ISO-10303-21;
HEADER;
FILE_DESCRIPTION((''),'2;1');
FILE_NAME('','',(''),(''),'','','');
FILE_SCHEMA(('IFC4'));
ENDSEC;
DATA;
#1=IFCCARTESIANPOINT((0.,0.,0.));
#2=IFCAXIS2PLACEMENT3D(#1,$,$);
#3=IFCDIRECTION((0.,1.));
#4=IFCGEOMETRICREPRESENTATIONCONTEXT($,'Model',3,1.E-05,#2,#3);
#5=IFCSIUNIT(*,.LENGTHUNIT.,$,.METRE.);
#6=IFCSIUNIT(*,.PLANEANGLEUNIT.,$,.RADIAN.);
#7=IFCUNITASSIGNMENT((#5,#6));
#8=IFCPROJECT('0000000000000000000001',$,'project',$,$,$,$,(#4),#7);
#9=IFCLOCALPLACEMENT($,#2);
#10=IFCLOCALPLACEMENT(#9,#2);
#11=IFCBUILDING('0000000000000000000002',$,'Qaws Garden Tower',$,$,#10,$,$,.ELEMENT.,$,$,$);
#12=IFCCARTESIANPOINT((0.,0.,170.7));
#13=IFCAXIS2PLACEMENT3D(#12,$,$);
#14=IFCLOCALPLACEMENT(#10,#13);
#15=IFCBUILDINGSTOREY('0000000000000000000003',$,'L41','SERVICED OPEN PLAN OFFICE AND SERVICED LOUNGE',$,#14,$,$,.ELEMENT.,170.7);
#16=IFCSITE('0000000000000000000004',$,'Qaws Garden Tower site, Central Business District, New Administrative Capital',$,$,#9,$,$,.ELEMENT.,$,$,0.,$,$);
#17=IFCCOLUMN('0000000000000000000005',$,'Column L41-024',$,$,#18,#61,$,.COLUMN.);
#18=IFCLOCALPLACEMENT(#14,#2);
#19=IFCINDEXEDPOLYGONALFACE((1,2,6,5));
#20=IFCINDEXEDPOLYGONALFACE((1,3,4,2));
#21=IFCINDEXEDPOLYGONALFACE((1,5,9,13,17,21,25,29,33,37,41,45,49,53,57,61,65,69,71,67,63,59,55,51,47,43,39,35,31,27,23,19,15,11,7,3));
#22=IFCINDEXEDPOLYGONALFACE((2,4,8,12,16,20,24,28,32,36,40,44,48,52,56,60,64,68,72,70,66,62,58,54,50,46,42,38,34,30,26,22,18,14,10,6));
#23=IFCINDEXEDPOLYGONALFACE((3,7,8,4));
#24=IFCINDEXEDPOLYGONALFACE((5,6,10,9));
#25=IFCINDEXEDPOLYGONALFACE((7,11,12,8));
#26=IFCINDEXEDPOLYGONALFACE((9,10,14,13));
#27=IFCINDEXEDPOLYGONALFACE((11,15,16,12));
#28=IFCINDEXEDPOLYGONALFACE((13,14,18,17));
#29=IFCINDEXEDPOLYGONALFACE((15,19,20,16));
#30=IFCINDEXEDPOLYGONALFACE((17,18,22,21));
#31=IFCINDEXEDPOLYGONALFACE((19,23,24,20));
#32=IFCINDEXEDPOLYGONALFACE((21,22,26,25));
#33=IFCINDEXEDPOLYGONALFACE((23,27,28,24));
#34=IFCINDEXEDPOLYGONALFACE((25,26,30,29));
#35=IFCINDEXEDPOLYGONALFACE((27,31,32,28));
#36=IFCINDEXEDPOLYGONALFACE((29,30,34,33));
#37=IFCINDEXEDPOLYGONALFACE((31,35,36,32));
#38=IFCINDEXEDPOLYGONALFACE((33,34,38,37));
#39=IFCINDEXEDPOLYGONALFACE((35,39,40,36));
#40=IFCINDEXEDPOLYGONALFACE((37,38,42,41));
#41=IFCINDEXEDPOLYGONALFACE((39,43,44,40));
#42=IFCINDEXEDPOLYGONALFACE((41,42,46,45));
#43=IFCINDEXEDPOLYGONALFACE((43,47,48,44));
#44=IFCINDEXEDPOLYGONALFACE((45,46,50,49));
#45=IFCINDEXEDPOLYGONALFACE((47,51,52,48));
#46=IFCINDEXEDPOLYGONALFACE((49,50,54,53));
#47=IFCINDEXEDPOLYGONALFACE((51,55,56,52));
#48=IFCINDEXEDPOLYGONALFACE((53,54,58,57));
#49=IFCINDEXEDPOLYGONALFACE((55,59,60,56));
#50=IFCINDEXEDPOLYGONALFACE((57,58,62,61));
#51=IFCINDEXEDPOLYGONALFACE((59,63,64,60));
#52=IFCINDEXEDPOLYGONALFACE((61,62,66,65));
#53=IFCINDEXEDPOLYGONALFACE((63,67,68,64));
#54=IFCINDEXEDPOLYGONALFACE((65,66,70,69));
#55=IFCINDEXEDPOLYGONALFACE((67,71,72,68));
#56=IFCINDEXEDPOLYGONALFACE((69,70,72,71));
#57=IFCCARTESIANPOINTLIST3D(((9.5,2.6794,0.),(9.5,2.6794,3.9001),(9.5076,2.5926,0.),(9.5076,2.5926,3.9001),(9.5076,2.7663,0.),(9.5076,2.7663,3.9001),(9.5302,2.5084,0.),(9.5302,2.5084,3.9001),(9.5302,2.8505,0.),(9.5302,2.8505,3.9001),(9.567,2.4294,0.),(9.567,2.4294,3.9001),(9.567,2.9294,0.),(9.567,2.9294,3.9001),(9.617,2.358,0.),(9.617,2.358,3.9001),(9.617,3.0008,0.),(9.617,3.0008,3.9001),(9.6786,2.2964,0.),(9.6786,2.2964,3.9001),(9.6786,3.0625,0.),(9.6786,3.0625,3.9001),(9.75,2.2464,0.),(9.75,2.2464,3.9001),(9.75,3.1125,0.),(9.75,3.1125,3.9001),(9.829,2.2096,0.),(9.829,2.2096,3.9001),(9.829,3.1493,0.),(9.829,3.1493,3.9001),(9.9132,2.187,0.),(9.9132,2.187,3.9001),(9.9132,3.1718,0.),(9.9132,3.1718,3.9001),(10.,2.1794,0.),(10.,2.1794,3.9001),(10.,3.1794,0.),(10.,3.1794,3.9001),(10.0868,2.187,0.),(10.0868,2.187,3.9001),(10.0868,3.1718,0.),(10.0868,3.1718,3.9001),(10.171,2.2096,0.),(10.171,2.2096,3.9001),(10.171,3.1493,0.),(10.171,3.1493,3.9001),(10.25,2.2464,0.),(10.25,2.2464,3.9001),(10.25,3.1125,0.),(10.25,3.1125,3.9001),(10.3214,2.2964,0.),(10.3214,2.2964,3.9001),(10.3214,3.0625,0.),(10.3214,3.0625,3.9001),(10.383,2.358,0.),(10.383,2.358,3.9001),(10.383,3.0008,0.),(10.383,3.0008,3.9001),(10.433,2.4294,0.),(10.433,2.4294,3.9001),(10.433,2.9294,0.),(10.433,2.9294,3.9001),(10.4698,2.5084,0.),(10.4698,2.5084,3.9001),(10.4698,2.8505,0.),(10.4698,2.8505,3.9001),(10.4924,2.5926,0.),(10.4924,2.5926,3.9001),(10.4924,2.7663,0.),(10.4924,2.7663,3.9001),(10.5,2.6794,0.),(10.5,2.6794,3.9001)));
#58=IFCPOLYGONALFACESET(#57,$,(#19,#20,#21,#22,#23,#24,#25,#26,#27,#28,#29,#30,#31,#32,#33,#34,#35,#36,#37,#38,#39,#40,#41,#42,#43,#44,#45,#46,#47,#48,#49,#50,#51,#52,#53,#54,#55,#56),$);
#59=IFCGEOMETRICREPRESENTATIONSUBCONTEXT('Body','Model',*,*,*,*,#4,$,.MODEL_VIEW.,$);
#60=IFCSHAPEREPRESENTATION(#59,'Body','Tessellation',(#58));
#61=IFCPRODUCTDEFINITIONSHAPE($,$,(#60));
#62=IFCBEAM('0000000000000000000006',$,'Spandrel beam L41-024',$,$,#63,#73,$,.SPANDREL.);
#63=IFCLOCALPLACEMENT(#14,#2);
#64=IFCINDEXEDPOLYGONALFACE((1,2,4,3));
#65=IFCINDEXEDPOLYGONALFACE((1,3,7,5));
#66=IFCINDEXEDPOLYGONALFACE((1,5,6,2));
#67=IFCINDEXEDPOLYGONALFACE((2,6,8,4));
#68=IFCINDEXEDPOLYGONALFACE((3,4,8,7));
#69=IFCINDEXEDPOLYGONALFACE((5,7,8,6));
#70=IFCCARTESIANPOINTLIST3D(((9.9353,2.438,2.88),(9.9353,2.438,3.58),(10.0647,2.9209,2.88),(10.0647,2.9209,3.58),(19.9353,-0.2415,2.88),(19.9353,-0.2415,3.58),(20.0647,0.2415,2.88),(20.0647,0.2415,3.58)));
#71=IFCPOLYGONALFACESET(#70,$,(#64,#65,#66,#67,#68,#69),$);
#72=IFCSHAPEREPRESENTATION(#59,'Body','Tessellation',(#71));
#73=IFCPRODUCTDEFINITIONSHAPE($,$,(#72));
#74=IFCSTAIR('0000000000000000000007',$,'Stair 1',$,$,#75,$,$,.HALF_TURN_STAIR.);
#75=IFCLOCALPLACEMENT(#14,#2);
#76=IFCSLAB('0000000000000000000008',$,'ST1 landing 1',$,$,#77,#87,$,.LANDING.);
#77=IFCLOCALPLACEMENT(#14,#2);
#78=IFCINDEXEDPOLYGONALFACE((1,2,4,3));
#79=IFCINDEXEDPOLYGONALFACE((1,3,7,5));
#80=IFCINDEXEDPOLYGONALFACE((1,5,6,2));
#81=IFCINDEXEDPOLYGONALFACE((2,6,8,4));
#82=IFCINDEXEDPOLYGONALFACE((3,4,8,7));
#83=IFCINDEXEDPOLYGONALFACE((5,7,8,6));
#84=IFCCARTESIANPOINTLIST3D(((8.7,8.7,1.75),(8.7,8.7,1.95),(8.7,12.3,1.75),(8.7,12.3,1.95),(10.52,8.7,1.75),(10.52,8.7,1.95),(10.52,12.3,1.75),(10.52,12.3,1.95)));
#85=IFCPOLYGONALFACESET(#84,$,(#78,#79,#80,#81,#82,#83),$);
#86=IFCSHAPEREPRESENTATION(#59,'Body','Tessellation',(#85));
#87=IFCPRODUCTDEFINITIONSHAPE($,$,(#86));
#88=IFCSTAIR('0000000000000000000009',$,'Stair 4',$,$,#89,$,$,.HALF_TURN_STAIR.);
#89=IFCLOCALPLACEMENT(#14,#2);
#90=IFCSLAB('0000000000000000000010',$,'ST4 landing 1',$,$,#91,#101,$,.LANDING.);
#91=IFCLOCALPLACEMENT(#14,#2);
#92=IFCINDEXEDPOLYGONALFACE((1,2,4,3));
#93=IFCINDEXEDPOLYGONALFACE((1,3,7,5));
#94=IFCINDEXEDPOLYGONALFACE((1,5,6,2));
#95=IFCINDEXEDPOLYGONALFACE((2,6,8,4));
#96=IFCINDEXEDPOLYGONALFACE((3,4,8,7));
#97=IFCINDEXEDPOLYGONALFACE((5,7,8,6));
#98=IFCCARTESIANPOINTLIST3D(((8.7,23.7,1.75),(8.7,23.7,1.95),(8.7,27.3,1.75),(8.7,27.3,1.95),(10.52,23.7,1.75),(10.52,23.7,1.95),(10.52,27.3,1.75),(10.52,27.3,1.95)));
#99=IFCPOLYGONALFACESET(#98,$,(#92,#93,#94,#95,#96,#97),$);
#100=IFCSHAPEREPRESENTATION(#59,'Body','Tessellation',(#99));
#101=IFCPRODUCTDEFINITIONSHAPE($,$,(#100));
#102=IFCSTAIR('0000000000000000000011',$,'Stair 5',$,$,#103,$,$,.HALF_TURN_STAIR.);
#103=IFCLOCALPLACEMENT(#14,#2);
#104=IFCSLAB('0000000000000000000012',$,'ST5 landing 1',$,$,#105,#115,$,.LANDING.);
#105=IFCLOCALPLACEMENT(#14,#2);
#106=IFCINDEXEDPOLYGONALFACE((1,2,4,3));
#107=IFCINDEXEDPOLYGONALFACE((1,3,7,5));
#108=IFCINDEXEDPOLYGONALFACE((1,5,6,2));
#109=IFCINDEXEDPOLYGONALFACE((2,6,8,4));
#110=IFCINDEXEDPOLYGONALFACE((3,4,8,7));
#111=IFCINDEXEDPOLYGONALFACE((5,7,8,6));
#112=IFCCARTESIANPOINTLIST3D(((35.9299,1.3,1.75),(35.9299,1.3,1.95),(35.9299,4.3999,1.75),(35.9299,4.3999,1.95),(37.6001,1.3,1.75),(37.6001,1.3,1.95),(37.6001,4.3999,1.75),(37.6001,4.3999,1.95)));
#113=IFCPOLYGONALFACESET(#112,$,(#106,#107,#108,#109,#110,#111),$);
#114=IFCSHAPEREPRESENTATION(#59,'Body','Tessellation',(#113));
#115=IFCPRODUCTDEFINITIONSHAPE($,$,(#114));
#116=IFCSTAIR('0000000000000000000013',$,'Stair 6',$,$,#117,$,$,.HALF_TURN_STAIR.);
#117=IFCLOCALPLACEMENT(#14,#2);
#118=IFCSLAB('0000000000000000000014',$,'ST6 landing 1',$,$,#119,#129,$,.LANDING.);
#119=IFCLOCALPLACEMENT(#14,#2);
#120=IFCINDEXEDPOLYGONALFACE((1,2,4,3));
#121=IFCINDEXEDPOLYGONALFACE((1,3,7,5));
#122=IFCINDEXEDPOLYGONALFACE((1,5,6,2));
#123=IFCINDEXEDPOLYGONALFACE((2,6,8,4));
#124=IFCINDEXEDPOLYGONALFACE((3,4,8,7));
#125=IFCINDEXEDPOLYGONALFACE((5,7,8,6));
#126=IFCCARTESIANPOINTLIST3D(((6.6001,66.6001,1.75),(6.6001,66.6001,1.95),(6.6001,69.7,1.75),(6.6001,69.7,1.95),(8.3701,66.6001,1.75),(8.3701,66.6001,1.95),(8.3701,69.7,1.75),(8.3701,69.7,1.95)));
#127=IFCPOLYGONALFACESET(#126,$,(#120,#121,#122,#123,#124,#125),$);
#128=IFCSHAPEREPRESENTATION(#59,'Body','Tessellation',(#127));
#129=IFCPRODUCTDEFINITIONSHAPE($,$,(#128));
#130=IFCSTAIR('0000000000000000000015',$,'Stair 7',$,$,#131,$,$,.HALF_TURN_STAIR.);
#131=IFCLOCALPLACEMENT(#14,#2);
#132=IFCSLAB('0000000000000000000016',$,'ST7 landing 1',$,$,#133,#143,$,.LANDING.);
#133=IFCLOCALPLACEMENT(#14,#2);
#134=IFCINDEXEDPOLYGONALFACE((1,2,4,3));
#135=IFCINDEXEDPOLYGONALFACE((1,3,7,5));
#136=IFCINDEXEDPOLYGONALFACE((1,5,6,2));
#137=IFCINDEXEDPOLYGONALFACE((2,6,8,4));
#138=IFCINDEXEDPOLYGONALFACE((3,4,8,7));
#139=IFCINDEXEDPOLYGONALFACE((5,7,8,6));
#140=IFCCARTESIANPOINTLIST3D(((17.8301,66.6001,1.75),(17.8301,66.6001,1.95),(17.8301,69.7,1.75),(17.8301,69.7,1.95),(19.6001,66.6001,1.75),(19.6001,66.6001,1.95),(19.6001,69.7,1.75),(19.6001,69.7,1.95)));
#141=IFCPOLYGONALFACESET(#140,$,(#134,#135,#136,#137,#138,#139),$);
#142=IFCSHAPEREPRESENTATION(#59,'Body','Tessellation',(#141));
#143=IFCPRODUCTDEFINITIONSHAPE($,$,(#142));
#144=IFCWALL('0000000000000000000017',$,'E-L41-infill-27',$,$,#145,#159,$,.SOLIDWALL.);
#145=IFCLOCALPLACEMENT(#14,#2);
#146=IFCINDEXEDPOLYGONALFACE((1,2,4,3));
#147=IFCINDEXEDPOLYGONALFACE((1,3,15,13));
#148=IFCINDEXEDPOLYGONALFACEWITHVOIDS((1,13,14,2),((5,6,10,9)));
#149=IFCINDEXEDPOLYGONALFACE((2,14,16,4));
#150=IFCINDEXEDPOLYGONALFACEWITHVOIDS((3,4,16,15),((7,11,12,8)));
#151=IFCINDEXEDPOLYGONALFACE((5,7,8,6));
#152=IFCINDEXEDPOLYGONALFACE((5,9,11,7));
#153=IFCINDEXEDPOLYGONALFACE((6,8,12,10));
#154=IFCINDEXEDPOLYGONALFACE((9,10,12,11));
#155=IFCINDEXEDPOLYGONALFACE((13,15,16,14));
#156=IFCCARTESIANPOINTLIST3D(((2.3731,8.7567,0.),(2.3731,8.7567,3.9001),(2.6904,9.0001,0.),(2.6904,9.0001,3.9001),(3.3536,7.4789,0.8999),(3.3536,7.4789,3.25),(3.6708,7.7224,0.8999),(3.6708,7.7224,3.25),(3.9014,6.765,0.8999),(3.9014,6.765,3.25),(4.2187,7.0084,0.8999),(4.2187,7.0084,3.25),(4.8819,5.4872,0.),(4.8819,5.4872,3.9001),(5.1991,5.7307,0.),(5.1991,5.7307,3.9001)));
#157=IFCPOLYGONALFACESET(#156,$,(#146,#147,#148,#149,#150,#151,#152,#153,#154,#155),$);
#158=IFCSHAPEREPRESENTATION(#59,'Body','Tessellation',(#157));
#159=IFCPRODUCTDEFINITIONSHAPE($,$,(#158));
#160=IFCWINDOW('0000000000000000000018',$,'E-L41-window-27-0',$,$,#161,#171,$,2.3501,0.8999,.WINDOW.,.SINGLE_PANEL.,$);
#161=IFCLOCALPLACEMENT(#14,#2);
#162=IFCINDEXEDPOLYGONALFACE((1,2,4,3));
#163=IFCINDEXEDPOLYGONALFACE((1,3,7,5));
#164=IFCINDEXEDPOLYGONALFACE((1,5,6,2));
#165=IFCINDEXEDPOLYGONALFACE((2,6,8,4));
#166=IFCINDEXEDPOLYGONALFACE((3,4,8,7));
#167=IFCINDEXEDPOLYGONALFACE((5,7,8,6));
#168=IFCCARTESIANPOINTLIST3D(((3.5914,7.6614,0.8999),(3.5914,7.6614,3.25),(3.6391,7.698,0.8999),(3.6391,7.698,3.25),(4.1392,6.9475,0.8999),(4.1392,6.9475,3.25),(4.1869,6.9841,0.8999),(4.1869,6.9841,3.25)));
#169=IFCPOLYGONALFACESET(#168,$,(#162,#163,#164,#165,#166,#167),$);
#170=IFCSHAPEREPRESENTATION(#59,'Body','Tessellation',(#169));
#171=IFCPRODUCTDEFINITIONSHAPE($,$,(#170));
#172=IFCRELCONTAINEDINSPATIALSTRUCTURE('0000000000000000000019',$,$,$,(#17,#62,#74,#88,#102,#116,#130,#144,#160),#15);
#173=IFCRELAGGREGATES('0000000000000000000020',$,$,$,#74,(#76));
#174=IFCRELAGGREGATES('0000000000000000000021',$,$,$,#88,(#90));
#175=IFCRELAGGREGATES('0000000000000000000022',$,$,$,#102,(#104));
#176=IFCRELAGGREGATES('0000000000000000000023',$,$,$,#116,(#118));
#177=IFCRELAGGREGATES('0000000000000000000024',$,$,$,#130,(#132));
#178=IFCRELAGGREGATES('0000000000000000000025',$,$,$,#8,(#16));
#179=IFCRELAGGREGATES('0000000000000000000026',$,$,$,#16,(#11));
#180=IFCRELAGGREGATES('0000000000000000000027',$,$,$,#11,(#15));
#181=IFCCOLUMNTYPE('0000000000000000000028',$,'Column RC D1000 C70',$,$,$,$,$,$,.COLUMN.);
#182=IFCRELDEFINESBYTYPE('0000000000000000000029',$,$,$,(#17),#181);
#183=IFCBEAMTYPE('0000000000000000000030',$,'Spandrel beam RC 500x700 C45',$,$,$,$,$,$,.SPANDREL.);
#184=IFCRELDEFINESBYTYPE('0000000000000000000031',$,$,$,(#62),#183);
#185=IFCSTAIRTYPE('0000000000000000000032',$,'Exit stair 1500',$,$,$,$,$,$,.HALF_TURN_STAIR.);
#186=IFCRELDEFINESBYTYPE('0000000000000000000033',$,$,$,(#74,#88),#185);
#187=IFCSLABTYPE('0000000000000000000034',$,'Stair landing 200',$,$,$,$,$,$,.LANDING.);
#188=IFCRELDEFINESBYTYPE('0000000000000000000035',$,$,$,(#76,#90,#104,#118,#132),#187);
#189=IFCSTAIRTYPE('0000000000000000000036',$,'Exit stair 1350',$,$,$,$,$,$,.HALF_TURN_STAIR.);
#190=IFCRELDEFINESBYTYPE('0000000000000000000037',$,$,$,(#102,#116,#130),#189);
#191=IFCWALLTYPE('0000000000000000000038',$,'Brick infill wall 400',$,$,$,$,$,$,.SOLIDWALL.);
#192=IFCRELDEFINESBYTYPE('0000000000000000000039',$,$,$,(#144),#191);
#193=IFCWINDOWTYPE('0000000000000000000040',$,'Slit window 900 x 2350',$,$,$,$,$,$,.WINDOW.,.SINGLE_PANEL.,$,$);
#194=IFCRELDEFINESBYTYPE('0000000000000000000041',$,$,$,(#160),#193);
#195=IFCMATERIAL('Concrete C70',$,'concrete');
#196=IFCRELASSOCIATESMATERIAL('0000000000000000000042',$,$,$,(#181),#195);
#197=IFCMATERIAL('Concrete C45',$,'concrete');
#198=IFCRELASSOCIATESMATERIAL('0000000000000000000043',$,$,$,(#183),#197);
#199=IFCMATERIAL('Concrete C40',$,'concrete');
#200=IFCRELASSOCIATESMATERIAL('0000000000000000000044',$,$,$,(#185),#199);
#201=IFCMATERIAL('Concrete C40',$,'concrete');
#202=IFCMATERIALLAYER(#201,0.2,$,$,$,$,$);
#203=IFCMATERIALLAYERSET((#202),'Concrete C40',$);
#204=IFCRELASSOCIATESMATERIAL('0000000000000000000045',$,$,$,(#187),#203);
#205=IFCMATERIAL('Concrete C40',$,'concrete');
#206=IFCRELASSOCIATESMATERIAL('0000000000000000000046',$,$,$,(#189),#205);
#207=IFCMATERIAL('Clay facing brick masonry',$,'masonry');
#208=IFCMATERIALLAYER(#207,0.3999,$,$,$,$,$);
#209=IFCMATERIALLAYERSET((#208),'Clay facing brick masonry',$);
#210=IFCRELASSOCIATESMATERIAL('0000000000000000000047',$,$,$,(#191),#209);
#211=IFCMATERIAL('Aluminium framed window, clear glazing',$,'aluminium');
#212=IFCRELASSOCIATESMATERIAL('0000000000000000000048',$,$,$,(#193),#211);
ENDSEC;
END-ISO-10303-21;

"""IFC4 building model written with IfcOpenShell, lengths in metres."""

from ifc_helpers import new_model, si_unit, direction, frame, frame_2d, origin, origin_2d, place, context, subcontext, project, spatial, polyline, rectangle, circle, outline, extrude, material, layer, layer_set, material_profile, profile_set, type_object, element, fill, aggregate, save


model = new_model("IFC4")

# Units and contexts
model_context = context("Model", 3, precision=1e-05, world=origin(), true_north=direction((0.0, 1.0)))
body_context = subcontext(model_context, "Body", "Model", "MODEL_VIEW")
ifc_project = project(units=[si_unit("LENGTHUNIT", "METRE"), si_unit("PLANEANGLEUNIT", "RADIAN")], contexts=[model_context])

# Site, building, storey
site_placement = place(None, origin())
site = spatial("IfcSite", under=ifc_project, at=site_placement, Name="Qaws Garden Tower site, Central Business District, New Administrative Capital", CompositionType="ELEMENT", RefElevation=0.0)
building_placement = place(site_placement, origin())
building = spatial("IfcBuilding", under=site, at=building_placement, Name="Qaws Garden Tower", CompositionType="ELEMENT")
storey_placement = place(building_placement, frame((0.0, 0.0, 170.7)))
storey = spatial("IfcBuildingStorey", under=building, at=storey_placement, Name="L41", Description="SERVICED OPEN PLAN OFFICE AND SERVICED LOUNGE", CompositionType="ELEMENT", Elevation=170.7)

# Column
ifc_material_1 = material(Name="Concrete C70", Category="concrete")
ifc_material_profile_1 = material_profile(ifc_material_1, circle(Radius=0.5, at=origin_2d()), Name="RC D1000")
ifc_profile_set_1 = profile_set([ifc_material_profile_1], Name="Concrete C70")
column_type = type_object("IfcColumnType", Name="Column RC D1000 C70", PredefinedType="COLUMN", material=ifc_profile_set_1)
column_placement = place(storey_placement, frame((10.0, 2.6794, 0.0), z_axis=(0.0, 0.0, 1.0), x_axis=(1.0, 0.0, 0.0)))
element("IfcColumn", 1, at=column_placement, inside=storey, type_object=column_type, Name="Column L41-024", PredefinedType="COLUMN", context=body_context, shape_type="SweptSolid", body=[
    extrude(circle(Radius=0.5, at=origin_2d()), origin(), (0.0, 0.0, 1.0), 3.9001),
])

# Beam
ifc_material_2 = material(Name="Concrete C45", Category="concrete")
ifc_material_profile_2 = material_profile(ifc_material_2, rectangle(XDim=0.5, YDim=0.7, at=origin_2d()), Name="RC 500x700")
ifc_profile_set_2 = profile_set([ifc_material_profile_2], Name="Concrete C45")
beam_type = type_object("IfcBeamType", Name="Spandrel beam RC 500x700 C45", PredefinedType="SPANDREL", material=ifc_profile_set_2)
beam_placement = place(storey_placement, frame((10.0, 2.6794, 3.23), z_axis=(0.965927, -0.258815, 0.0), x_axis=(0.258815, 0.965927, 0.0)))
element("IfcBeam", 2, at=beam_placement, inside=storey, type_object=beam_type, Name="Spandrel beam L41-024", PredefinedType="SPANDREL", context=body_context, shape_type="SweptSolid", body=[
    extrude(rectangle(XDim=0.5, YDim=0.7, at=origin_2d()), origin(), (0.0, 0.0, 1.0), 10.3528),
])

# Stairs, slabs
ifc_material_3 = material(Name="Concrete C40", Category="concrete")
stair_type_1 = type_object("IfcStairType", Name="Exit stair 1500", PredefinedType="HALF_TURN_STAIR", material=ifc_material_3)
placement_1 = place(storey_placement, origin())
stair_1 = element("IfcStair", 3, at=placement_1, inside=storey, type_object=stair_type_1, Name="Stair 1", PredefinedType="HALF_TURN_STAIR")
ifc_material_4 = material(Name="Concrete C40", Category="concrete")
ifc_layer_1 = layer(ifc_material_4, 0.2)
ifc_layer_set_1 = layer_set([ifc_layer_1], Name="Concrete C40")
slab_type = type_object("IfcSlabType", Name="Stair landing 200", PredefinedType="LANDING", material=ifc_layer_set_1)
placement_2 = place(storey_placement, frame((0.0, 0.0, 1.75)))
slab_1 = element("IfcSlab", 4, at=placement_2, type_object=slab_type, Name="ST1 landing 1", PredefinedType="LANDING", context=body_context, shape_type="SweptSolid", body=[
    extrude(outline(polyline([(8.7, 8.7), (10.52, 8.7), (10.52, 12.3), (8.7, 12.3), (8.7, 8.7)])), origin(), (0.0, 0.0, 1.0), 0.2),
])
aggregate(stair_1, [slab_1])
stair_2 = element("IfcStair", 5, at=placement_1, inside=storey, type_object=stair_type_1, Name="Stair 4", PredefinedType="HALF_TURN_STAIR")
slab_2 = element("IfcSlab", 6, at=placement_2, type_object=slab_type, Name="ST4 landing 1", PredefinedType="LANDING", context=body_context, shape_type="SweptSolid", body=[
    extrude(outline(polyline([(8.7, 23.7), (10.52, 23.7), (10.52, 27.3), (8.7, 27.3), (8.7, 23.7)])), origin(), (0.0, 0.0, 1.0), 0.2),
])
aggregate(stair_2, [slab_2])
ifc_material_5 = material(Name="Concrete C40", Category="concrete")
stair_type_2 = type_object("IfcStairType", Name="Exit stair 1350", PredefinedType="HALF_TURN_STAIR", material=ifc_material_5)
stair_3 = element("IfcStair", 7, at=placement_1, inside=storey, type_object=stair_type_2, Name="Stair 5", PredefinedType="HALF_TURN_STAIR")
slab_3 = element("IfcSlab", 8, at=placement_2, type_object=slab_type, Name="ST5 landing 1", PredefinedType="LANDING", context=body_context, shape_type="SweptSolid", body=[
    extrude(outline(polyline([(35.9299, 1.3), (37.6001, 1.3), (37.6001, 4.3999), (35.9299, 4.3999), (35.9299, 1.3)])), origin(), (0.0, 0.0, 1.0), 0.2),
])
aggregate(stair_3, [slab_3])
stair_4 = element("IfcStair", 9, at=placement_1, inside=storey, type_object=stair_type_2, Name="Stair 6", PredefinedType="HALF_TURN_STAIR")
slab_4 = element("IfcSlab", 10, at=placement_2, type_object=slab_type, Name="ST6 landing 1", PredefinedType="LANDING", context=body_context, shape_type="SweptSolid", body=[
    extrude(outline(polyline([(6.6001, 66.6001), (8.3701, 66.6001), (8.3701, 69.7), (6.6001, 69.7), (6.6001, 66.6001)])), origin(), (0.0, 0.0, 1.0), 0.2),
])
aggregate(stair_4, [slab_4])
stair_5 = element("IfcStair", 11, at=placement_1, inside=storey, type_object=stair_type_2, Name="Stair 7", PredefinedType="HALF_TURN_STAIR")
slab_5 = element("IfcSlab", 12, at=placement_2, type_object=slab_type, Name="ST7 landing 1", PredefinedType="LANDING", context=body_context, shape_type="SweptSolid", body=[
    extrude(outline(polyline([(17.8301, 66.6001), (19.6001, 66.6001), (19.6001, 69.7), (17.8301, 69.7), (17.8301, 66.6001)])), origin(), (0.0, 0.0, 1.0), 0.2),
])
aggregate(stair_5, [slab_5])

# Wall, opening, window
ifc_material_6 = material(Name="Clay facing brick masonry", Category="masonry")
ifc_layer_2 = layer(ifc_material_6, 0.3999)
ifc_layer_set_2 = layer_set([ifc_layer_2], Name="Clay facing brick masonry")
wall_type_1 = type_object("IfcWallType", Name="Brick infill wall 400", PredefinedType="SOLIDWALL", material=ifc_layer_set_2)
wall_1_placement = place(storey_placement, frame((2.5317, 8.8784, 0.0), z_axis=(0.0, 0.0, 1.0), x_axis=(0.60876, -0.793355, 0.0)))
wall_1 = element("IfcWall", 13, at=wall_1_placement, inside=storey, type_object=wall_type_1, Name="E-L41-infill-27", PredefinedType="SOLIDWALL", context=body_context, shape_type="SweptSolid", body=[
    extrude(rectangle(XDim=4.1211, YDim=0.3999, at=frame_2d((2.0605, 0.0))), origin(), (0.0, 0.0, 1.0), 3.9001),
])
opening_1_placement = place(wall_1_placement, frame((1.6106, 0.0, 0.8999)))
opening_1 = element("IfcOpeningElement", 14, at=opening_1_placement, cuts=wall_1, PredefinedType="OPENING", context=body_context, shape_type="SweptSolid", body=[
    extrude(rectangle(XDim=0.8999, YDim=2.3501, at=frame_2d((0.45, 1.175))), frame((0.0, 0.21, 0.0), z_axis=(0.0, -1.0, 0.0), x_axis=(1.0, 0.0, 0.0)), (0.0, 0.0, 1.0), 0.4199),
])
ifc_material_7 = material(Name="Aluminium framed window, clear glazing", Category="aluminium")
window_type = type_object("IfcWindowType", Name="Slit window 900 x 2350", PartitioningType="SINGLE_PANEL", PredefinedType="WINDOW", material=ifc_material_7)
window_1_placement = place(opening_1_placement, origin())
window_1 = element("IfcWindow", 15, at=window_1_placement, inside=storey, type_object=window_type, Name="E-L41-window-27-0", OverallHeight=2.3501, OverallWidth=0.8999, PartitioningType="SINGLE_PANEL", PredefinedType="WINDOW", context=body_context, shape_type="SweptSolid", body=[
    extrude(rectangle(XDim=0.8999, YDim=2.3501, at=frame_2d((0.45, 1.175))), frame((0.0, 0.1599, 0.0), z_axis=(0.0, -1.0, 0.0), x_axis=(1.0, 0.0, 0.0)), (0.0, 0.0, 1.0), 0.0601),
])
fill(opening_1, window_1)

save(model, "model.ifc")
